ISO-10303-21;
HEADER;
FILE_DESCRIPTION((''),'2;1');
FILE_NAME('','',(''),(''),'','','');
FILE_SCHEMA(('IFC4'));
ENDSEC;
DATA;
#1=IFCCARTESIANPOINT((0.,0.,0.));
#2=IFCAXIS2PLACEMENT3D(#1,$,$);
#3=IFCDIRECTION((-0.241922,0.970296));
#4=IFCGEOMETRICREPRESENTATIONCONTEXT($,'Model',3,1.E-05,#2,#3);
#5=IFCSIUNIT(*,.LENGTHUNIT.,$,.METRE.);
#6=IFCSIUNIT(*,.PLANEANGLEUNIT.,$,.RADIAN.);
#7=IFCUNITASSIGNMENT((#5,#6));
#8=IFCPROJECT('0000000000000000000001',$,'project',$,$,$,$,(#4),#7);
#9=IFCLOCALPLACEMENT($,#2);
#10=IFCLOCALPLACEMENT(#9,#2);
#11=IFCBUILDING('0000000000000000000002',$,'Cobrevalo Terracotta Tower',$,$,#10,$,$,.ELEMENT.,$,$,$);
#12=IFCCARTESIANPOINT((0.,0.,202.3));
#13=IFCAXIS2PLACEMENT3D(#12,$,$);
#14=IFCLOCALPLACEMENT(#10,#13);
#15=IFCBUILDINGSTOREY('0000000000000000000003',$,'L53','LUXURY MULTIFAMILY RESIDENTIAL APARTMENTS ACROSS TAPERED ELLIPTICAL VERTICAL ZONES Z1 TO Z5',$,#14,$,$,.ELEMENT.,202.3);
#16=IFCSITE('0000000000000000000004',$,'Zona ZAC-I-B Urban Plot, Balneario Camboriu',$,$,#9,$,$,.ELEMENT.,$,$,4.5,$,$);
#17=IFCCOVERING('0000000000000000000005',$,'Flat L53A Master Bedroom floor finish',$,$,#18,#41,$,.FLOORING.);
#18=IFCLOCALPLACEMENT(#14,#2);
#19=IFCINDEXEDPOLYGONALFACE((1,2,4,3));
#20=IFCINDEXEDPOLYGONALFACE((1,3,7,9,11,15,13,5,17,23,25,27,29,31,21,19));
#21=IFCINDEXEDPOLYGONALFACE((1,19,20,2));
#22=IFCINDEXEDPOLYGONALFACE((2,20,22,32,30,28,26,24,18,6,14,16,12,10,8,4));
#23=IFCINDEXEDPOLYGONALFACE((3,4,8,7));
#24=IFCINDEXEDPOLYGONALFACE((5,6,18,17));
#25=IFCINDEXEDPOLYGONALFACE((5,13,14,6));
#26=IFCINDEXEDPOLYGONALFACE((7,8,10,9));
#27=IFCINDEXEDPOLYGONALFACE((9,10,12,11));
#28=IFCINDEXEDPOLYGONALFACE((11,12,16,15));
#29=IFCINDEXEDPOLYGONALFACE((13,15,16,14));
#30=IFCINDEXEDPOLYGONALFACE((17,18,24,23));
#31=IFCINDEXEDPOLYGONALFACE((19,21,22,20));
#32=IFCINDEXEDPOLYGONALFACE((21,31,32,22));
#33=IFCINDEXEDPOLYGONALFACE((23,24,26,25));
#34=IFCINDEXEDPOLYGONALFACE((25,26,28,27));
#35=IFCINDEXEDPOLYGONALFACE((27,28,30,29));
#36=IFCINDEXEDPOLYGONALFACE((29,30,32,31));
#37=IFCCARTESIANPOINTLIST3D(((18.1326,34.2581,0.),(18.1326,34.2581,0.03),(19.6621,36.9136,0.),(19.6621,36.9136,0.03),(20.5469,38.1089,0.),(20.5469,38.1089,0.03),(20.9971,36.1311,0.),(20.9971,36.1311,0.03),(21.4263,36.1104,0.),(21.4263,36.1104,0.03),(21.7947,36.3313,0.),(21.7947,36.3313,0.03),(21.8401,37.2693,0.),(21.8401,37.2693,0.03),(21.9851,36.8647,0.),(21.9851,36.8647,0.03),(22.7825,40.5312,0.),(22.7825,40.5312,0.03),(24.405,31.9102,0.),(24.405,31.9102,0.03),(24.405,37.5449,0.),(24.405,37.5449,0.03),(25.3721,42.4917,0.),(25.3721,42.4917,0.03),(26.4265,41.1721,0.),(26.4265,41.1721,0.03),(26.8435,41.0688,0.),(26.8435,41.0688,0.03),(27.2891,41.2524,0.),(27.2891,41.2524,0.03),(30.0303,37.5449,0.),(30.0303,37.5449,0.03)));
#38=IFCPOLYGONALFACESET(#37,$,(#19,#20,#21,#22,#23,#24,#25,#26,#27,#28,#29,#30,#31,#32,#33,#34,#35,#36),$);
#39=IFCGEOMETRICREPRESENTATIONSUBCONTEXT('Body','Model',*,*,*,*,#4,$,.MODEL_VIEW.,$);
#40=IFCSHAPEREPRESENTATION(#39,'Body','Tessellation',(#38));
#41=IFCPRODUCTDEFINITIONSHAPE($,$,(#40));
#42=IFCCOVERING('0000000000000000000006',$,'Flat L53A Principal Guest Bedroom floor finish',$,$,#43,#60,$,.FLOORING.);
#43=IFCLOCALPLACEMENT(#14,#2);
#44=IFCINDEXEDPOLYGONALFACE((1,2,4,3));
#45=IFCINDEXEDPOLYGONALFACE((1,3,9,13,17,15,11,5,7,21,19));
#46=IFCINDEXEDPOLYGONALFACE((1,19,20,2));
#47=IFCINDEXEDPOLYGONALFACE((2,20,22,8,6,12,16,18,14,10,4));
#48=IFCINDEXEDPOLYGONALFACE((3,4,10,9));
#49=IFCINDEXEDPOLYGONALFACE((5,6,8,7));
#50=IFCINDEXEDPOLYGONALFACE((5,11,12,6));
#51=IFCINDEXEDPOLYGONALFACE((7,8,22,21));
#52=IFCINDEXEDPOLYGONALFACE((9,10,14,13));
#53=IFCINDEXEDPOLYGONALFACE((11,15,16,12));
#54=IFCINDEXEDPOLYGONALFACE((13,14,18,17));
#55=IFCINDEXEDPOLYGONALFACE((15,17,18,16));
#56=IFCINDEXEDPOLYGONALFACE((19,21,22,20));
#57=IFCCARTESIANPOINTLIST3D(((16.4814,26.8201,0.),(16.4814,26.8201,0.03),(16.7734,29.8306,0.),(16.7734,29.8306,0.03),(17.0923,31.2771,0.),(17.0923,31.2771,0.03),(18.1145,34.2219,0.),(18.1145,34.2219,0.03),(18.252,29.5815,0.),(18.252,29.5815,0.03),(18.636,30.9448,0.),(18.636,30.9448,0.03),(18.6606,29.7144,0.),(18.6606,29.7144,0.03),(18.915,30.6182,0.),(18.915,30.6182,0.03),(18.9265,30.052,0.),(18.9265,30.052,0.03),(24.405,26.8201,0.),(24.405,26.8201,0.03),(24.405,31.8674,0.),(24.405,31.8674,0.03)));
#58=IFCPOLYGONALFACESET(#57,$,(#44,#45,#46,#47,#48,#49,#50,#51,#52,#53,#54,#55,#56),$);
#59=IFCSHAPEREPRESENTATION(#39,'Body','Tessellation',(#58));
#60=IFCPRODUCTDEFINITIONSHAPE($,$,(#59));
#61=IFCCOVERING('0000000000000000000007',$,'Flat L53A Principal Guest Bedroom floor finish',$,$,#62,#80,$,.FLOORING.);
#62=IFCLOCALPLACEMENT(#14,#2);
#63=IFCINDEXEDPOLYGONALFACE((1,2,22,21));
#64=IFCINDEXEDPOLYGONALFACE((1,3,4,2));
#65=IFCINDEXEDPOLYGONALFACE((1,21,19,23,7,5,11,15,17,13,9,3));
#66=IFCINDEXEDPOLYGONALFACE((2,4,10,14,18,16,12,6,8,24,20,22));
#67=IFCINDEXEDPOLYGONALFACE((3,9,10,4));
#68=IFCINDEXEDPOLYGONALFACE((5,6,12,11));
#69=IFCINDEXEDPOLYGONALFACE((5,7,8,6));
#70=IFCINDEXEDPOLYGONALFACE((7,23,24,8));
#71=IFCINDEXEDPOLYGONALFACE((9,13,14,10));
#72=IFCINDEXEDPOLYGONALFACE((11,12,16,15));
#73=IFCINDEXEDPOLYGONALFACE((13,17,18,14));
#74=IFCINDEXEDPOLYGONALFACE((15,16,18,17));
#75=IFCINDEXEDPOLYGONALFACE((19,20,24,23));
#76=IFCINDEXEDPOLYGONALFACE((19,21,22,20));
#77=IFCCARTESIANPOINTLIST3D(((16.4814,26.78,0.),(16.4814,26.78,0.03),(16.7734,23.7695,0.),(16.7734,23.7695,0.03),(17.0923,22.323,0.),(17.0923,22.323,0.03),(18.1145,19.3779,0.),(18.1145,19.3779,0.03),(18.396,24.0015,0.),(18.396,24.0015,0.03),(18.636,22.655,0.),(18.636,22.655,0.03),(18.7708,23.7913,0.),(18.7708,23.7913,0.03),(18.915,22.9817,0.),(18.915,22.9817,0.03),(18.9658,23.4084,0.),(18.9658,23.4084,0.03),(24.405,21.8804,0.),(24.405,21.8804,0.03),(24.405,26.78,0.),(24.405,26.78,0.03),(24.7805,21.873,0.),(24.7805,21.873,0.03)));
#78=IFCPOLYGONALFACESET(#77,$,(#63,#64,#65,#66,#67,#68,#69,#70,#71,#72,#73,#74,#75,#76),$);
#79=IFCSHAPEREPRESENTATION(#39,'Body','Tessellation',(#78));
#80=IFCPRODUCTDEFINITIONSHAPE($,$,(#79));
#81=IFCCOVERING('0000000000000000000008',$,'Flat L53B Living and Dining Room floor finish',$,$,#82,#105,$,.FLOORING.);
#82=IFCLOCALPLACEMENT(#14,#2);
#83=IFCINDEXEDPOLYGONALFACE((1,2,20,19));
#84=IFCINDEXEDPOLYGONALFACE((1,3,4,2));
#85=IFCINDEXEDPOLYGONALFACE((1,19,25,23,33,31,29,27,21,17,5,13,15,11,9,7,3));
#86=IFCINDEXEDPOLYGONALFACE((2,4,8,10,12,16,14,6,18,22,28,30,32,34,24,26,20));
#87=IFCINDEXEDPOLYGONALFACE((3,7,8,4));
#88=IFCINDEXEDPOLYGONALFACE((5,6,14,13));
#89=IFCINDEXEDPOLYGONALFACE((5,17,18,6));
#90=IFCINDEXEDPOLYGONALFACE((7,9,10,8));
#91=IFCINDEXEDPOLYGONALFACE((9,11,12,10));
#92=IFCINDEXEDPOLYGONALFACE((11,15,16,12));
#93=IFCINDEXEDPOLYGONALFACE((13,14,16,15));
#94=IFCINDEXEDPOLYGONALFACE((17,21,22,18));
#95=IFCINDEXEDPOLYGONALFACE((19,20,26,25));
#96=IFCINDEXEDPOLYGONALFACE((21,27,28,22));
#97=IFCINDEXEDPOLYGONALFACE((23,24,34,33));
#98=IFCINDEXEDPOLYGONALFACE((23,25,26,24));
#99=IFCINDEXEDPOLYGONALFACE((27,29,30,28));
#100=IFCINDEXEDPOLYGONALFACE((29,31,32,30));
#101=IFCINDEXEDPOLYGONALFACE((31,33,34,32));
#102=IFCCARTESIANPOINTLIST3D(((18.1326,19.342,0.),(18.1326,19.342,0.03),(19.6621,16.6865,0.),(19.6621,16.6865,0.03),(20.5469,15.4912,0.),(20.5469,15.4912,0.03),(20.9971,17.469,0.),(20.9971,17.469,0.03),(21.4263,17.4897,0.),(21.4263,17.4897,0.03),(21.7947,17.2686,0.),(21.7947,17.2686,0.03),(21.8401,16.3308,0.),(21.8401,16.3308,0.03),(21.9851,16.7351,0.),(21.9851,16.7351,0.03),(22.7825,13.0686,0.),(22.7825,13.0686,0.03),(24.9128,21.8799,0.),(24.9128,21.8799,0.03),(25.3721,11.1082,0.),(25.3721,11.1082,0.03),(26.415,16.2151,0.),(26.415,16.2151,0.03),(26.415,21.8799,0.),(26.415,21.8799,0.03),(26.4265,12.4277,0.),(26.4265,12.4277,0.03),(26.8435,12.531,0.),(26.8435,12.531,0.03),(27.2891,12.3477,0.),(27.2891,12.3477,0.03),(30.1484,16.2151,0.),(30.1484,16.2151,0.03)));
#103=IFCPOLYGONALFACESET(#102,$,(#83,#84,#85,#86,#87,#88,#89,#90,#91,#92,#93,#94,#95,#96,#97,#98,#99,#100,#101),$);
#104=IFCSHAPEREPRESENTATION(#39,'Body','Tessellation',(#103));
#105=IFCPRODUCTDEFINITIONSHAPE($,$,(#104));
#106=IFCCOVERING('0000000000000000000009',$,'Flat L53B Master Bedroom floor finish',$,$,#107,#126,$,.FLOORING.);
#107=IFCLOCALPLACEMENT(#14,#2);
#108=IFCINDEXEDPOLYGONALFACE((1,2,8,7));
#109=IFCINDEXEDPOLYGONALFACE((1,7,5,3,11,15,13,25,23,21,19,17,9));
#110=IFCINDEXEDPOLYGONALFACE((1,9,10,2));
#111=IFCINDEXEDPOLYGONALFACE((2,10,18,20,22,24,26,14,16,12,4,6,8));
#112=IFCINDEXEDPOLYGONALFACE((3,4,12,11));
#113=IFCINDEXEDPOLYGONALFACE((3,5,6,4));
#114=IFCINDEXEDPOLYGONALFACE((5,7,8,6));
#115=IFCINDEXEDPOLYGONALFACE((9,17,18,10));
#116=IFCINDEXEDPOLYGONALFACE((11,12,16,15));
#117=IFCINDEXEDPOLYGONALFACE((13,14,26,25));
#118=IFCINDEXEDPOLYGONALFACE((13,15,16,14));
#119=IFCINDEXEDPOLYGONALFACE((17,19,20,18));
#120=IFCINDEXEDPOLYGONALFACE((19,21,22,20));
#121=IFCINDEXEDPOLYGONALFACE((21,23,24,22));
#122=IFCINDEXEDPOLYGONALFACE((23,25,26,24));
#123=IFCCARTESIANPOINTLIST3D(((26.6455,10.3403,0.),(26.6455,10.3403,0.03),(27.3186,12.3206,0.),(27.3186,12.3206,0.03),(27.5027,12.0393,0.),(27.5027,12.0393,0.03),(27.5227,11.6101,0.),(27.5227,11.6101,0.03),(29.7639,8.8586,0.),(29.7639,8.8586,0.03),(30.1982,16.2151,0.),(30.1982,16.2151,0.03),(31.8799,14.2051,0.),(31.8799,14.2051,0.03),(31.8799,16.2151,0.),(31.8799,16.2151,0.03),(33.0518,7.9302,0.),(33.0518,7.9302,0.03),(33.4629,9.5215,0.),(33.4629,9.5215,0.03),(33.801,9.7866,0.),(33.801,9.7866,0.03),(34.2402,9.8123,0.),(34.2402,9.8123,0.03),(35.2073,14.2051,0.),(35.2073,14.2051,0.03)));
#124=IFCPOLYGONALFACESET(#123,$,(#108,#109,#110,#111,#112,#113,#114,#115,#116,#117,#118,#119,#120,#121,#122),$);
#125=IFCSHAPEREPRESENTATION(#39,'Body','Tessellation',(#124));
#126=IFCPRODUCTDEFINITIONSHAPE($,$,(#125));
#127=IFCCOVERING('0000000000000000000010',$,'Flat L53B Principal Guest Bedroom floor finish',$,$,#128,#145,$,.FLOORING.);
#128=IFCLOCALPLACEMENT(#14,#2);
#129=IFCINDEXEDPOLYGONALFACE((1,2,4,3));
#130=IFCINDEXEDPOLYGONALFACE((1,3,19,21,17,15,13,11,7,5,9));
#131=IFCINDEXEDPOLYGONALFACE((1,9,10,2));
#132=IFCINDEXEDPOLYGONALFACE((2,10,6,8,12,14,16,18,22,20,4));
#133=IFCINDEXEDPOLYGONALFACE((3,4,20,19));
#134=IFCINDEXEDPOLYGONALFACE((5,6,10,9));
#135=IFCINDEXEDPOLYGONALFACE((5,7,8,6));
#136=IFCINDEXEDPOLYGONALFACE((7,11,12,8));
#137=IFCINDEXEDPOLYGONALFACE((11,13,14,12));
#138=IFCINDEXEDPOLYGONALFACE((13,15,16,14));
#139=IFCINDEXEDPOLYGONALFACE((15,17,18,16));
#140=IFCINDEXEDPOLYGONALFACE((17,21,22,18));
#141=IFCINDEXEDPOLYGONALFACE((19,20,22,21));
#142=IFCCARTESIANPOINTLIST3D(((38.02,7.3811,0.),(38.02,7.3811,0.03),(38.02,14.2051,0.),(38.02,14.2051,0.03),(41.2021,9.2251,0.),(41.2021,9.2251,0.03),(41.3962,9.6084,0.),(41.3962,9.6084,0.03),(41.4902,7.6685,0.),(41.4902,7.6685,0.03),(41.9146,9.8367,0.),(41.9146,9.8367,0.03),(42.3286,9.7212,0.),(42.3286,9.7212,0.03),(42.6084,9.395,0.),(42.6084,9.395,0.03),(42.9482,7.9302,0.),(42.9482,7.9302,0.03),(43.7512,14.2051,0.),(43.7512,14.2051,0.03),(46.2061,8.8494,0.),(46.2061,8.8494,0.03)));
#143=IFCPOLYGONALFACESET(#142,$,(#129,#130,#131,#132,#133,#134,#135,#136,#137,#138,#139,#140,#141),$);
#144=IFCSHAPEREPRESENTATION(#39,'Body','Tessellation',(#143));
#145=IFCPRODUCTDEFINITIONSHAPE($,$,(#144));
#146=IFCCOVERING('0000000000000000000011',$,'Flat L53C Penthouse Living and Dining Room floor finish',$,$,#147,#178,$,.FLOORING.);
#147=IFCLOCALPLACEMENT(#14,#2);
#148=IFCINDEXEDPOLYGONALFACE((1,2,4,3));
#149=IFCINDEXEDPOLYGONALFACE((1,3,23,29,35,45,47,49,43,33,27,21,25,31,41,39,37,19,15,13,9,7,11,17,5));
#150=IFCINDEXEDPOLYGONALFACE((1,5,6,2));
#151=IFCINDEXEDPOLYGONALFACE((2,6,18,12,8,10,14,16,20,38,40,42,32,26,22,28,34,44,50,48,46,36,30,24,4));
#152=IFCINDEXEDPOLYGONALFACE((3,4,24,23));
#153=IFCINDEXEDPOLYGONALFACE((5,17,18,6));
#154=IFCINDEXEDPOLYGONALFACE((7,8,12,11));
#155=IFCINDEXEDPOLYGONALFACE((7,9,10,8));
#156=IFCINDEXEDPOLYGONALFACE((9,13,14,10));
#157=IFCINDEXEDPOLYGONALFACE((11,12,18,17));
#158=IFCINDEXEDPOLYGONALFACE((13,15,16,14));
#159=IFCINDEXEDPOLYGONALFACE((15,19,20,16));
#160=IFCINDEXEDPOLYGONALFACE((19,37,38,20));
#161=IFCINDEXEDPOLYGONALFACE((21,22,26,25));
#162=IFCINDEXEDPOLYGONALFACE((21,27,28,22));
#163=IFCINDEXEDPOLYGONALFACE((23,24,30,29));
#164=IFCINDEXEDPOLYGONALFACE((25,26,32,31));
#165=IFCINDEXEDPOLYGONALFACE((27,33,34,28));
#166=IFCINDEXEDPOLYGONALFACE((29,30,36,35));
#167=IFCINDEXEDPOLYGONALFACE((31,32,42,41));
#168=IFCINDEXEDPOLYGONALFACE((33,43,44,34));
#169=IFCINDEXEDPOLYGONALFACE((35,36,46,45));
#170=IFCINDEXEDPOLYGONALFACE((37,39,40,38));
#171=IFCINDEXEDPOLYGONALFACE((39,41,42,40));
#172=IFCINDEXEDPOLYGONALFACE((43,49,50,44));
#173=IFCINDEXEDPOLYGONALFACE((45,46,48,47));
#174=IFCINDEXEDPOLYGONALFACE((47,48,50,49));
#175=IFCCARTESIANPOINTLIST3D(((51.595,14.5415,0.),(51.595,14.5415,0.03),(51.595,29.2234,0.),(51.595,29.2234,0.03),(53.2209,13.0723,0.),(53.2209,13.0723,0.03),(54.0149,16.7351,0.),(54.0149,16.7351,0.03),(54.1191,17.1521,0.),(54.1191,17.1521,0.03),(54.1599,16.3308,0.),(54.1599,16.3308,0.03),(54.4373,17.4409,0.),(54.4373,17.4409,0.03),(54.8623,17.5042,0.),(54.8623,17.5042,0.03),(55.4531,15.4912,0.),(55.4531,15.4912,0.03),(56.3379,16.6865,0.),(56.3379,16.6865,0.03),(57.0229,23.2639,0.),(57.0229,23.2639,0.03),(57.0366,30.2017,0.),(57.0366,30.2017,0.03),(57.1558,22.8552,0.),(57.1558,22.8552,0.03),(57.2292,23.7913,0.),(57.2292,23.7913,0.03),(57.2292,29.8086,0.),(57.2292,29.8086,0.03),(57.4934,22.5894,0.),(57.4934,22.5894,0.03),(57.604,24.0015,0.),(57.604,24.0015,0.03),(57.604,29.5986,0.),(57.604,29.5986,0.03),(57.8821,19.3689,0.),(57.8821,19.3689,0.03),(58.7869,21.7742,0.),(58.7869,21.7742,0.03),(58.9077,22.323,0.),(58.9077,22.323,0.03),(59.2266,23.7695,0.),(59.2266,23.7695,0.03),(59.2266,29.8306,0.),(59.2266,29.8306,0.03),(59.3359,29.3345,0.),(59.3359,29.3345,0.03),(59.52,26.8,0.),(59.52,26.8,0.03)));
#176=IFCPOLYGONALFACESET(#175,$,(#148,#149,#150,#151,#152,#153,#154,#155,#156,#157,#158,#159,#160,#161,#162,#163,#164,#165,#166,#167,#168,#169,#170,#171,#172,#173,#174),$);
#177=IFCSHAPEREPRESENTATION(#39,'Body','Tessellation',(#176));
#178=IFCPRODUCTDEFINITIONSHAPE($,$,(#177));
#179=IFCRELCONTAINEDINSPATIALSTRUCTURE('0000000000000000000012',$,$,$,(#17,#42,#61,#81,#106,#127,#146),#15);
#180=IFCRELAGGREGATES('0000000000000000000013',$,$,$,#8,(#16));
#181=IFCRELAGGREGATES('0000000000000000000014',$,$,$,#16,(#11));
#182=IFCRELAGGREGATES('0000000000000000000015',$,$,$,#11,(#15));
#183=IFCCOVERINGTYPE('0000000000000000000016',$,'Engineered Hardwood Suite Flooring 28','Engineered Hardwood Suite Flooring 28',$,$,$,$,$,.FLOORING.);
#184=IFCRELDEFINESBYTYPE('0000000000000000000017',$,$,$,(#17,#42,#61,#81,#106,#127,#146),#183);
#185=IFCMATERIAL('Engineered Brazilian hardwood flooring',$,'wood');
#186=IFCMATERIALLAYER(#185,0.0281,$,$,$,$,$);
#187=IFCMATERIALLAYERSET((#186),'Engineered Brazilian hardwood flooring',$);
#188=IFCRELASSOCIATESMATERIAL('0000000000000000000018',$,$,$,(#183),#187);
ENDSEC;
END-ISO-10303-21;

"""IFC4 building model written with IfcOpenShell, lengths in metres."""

from ifc_helpers import new_model, si_unit, direction, frame, origin, place, context, subcontext, project, spatial, polyline, outline, extrude, material, layer, layer_set, type_object, element, save


model = new_model("IFC4")

# Units and contexts
model_context = context("Model", 3, precision=1e-05, world=origin(), true_north=direction((-0.241922, 0.970296)))
body_context = subcontext(model_context, "Body", "Model", "MODEL_VIEW")
ifc_project = project(units=[si_unit("LENGTHUNIT", "METRE"), si_unit("PLANEANGLEUNIT", "RADIAN")], contexts=[model_context])

# Site, building, storey
site_placement = place(None, origin())
site = spatial("IfcSite", under=ifc_project, at=site_placement, Name="Zona ZAC-I-B Urban Plot, Balneario Camboriu", CompositionType="ELEMENT", RefElevation=4.5)
building_placement = place(site_placement, origin())
building = spatial("IfcBuilding", under=site, at=building_placement, Name="Cobrevalo Terracotta Tower", CompositionType="ELEMENT")
storey_placement = place(building_placement, frame((0.0, 0.0, 202.3)))
storey = spatial("IfcBuildingStorey", under=building, at=storey_placement, Name="L53", Description="LUXURY MULTIFAMILY RESIDENTIAL APARTMENTS ACROSS TAPERED ELLIPTICAL VERTICAL ZONES Z1 TO Z5", CompositionType="ELEMENT", Elevation=202.3)

# Coverings
ifc_material_1 = material(Name="Engineered Brazilian hardwood flooring", Category="wood")
ifc_layer_1 = layer(ifc_material_1, 0.0281)
ifc_layer_set_1 = layer_set([ifc_layer_1], Name="Engineered Brazilian hardwood flooring")
covering_type_1 = type_object("IfcCoveringType", Name="Engineered Hardwood Suite Flooring 28", Description="Engineered Hardwood Suite Flooring 28", PredefinedType="FLOORING", material=ifc_layer_set_1)
covering_1_placement = place(storey_placement, origin())
element("IfcCovering", 1, at=covering_1_placement, inside=storey, type_object=covering_type_1, Name="Flat L53A Master Bedroom floor finish", PredefinedType="FLOORING", context=body_context, shape_type="SweptSolid", body=[
    extrude(outline(polyline([(19.6621, 36.9136), (20.9971, 36.1311), (21.4263, 36.1104), (21.7947, 36.3313), (21.9851, 36.8647), (21.8401, 37.2693), (20.5469, 38.1089), (22.7825, 40.5312), (25.3721, 42.4917), (26.4265, 41.1721), (26.8435, 41.0688), (27.2891, 41.2524), (30.0303, 37.5449), (24.405, 37.5449), (24.405, 31.9102), (18.1326, 34.2581), (19.6621, 36.9136)])), origin(), (0.0, 0.0, 1.0), 0.03),
])
covering_2_placement = place(storey_placement, origin())
element("IfcCovering", 2, at=covering_2_placement, inside=storey, type_object=covering_type_1, Name="Flat L53A Principal Guest Bedroom floor finish", PredefinedType="FLOORING", context=body_context, shape_type="SweptSolid", body=[
    extrude(outline(polyline([(16.7734, 29.8306), (18.252, 29.5815), (18.6606, 29.7144), (18.9265, 30.052), (18.915, 30.6182), (18.636, 30.9448), (17.0923, 31.2771), (18.1145, 34.2219), (24.405, 31.8674), (24.405, 26.8201), (16.4814, 26.8201), (16.7734, 29.8306)])), origin(), (0.0, 0.0, 1.0), 0.03),
])
covering_3_placement = place(storey_placement, origin())
element("IfcCovering", 3, at=covering_3_placement, inside=storey, type_object=covering_type_1, Name="Flat L53A Principal Guest Bedroom floor finish", PredefinedType="FLOORING", context=body_context, shape_type="SweptSolid", body=[
    extrude(outline(polyline([(16.4814, 26.78), (24.405, 26.78), (24.405, 21.8804), (24.7805, 21.873), (18.1145, 19.3779), (17.0923, 22.323), (18.636, 22.655), (18.915, 22.9817), (18.9658, 23.4084), (18.7708, 23.7913), (18.396, 24.0015), (16.7734, 23.7695), (16.4814, 26.78)])), origin(), (0.0, 0.0, 1.0), 0.03),
])
covering_4_placement = place(storey_placement, origin())
element("IfcCovering", 4, at=covering_4_placement, inside=storey, type_object=covering_type_1, Name="Flat L53B Living and Dining Room floor finish", PredefinedType="FLOORING", context=body_context, shape_type="SweptSolid", body=[
    extrude(outline(polyline([(22.7825, 13.0686), (20.5469, 15.4912), (21.8401, 16.3308), (21.9851, 16.7351), (21.7947, 17.2686), (21.4263, 17.4897), (20.9971, 17.469), (19.6621, 16.6865), (18.1326, 19.342), (24.9128, 21.8799), (26.415, 21.8799), (26.415, 16.2151), (30.1484, 16.2151), (27.2891, 12.3477), (26.8435, 12.531), (26.4265, 12.4277), (25.3721, 11.1082), (22.7825, 13.0686)])), origin(), (0.0, 0.0, 1.0), 0.03),
])
covering_5_placement = place(storey_placement, origin())
element("IfcCovering", 5, at=covering_5_placement, inside=storey, type_object=covering_type_1, Name="Flat L53B Master Bedroom floor finish", PredefinedType="FLOORING", context=body_context, shape_type="SweptSolid", body=[
    extrude(outline(polyline([(29.7639, 8.8586), (26.6455, 10.3403), (27.5227, 11.6101), (27.5027, 12.0393), (27.3186, 12.3206), (30.1982, 16.2151), (31.8799, 16.2151), (31.8799, 14.2051), (35.2073, 14.2051), (34.2402, 9.8123), (33.801, 9.7866), (33.4629, 9.5215), (33.0518, 7.9302), (29.7639, 8.8586)])), origin(), (0.0, 0.0, 1.0), 0.03),
])
covering_6_placement = place(storey_placement, origin())
element("IfcCovering", 6, at=covering_6_placement, inside=storey, type_object=covering_type_1, Name="Flat L53B Principal Guest Bedroom floor finish", PredefinedType="FLOORING", context=body_context, shape_type="SweptSolid", body=[
    extrude(outline(polyline([(42.9482, 7.9302), (42.6084, 9.395), (42.3286, 9.7212), (41.9146, 9.8367), (41.3962, 9.6084), (41.2021, 9.2251), (41.4902, 7.6685), (38.02, 7.3811), (38.02, 14.2051), (43.7512, 14.2051), (46.2061, 8.8494), (42.9482, 7.9302)])), origin(), (0.0, 0.0, 1.0), 0.03),
])
covering_7_placement = place(storey_placement, origin())
element("IfcCovering", 7, at=covering_7_placement, inside=storey, type_object=covering_type_1, Name="Flat L53C Penthouse Living and Dining Room floor finish", PredefinedType="FLOORING", context=body_context, shape_type="SweptSolid", body=[
    extrude(outline(polyline([(57.0366, 30.2017), (57.2292, 29.8086), (57.604, 29.5986), (59.2266, 29.8306), (59.3359, 29.3345), (59.52, 26.8), (59.2266, 23.7695), (57.604, 24.0015), (57.2292, 23.7913), (57.0229, 23.2639), (57.1558, 22.8552), (57.4934, 22.5894), (58.9077, 22.323), (58.7869, 21.7742), (57.8821, 19.3689), (56.3379, 16.6865), (54.8623, 17.5042), (54.4373, 17.4409), (54.1191, 17.1521), (54.0149, 16.7351), (54.1599, 16.3308), (55.4531, 15.4912), (53.2209, 13.0723), (51.595, 14.5415), (51.595, 29.2234), (57.0366, 30.2017)])), origin(), (0.0, 0.0, 1.0), 0.03),
])

save(model, "model.ifc")
